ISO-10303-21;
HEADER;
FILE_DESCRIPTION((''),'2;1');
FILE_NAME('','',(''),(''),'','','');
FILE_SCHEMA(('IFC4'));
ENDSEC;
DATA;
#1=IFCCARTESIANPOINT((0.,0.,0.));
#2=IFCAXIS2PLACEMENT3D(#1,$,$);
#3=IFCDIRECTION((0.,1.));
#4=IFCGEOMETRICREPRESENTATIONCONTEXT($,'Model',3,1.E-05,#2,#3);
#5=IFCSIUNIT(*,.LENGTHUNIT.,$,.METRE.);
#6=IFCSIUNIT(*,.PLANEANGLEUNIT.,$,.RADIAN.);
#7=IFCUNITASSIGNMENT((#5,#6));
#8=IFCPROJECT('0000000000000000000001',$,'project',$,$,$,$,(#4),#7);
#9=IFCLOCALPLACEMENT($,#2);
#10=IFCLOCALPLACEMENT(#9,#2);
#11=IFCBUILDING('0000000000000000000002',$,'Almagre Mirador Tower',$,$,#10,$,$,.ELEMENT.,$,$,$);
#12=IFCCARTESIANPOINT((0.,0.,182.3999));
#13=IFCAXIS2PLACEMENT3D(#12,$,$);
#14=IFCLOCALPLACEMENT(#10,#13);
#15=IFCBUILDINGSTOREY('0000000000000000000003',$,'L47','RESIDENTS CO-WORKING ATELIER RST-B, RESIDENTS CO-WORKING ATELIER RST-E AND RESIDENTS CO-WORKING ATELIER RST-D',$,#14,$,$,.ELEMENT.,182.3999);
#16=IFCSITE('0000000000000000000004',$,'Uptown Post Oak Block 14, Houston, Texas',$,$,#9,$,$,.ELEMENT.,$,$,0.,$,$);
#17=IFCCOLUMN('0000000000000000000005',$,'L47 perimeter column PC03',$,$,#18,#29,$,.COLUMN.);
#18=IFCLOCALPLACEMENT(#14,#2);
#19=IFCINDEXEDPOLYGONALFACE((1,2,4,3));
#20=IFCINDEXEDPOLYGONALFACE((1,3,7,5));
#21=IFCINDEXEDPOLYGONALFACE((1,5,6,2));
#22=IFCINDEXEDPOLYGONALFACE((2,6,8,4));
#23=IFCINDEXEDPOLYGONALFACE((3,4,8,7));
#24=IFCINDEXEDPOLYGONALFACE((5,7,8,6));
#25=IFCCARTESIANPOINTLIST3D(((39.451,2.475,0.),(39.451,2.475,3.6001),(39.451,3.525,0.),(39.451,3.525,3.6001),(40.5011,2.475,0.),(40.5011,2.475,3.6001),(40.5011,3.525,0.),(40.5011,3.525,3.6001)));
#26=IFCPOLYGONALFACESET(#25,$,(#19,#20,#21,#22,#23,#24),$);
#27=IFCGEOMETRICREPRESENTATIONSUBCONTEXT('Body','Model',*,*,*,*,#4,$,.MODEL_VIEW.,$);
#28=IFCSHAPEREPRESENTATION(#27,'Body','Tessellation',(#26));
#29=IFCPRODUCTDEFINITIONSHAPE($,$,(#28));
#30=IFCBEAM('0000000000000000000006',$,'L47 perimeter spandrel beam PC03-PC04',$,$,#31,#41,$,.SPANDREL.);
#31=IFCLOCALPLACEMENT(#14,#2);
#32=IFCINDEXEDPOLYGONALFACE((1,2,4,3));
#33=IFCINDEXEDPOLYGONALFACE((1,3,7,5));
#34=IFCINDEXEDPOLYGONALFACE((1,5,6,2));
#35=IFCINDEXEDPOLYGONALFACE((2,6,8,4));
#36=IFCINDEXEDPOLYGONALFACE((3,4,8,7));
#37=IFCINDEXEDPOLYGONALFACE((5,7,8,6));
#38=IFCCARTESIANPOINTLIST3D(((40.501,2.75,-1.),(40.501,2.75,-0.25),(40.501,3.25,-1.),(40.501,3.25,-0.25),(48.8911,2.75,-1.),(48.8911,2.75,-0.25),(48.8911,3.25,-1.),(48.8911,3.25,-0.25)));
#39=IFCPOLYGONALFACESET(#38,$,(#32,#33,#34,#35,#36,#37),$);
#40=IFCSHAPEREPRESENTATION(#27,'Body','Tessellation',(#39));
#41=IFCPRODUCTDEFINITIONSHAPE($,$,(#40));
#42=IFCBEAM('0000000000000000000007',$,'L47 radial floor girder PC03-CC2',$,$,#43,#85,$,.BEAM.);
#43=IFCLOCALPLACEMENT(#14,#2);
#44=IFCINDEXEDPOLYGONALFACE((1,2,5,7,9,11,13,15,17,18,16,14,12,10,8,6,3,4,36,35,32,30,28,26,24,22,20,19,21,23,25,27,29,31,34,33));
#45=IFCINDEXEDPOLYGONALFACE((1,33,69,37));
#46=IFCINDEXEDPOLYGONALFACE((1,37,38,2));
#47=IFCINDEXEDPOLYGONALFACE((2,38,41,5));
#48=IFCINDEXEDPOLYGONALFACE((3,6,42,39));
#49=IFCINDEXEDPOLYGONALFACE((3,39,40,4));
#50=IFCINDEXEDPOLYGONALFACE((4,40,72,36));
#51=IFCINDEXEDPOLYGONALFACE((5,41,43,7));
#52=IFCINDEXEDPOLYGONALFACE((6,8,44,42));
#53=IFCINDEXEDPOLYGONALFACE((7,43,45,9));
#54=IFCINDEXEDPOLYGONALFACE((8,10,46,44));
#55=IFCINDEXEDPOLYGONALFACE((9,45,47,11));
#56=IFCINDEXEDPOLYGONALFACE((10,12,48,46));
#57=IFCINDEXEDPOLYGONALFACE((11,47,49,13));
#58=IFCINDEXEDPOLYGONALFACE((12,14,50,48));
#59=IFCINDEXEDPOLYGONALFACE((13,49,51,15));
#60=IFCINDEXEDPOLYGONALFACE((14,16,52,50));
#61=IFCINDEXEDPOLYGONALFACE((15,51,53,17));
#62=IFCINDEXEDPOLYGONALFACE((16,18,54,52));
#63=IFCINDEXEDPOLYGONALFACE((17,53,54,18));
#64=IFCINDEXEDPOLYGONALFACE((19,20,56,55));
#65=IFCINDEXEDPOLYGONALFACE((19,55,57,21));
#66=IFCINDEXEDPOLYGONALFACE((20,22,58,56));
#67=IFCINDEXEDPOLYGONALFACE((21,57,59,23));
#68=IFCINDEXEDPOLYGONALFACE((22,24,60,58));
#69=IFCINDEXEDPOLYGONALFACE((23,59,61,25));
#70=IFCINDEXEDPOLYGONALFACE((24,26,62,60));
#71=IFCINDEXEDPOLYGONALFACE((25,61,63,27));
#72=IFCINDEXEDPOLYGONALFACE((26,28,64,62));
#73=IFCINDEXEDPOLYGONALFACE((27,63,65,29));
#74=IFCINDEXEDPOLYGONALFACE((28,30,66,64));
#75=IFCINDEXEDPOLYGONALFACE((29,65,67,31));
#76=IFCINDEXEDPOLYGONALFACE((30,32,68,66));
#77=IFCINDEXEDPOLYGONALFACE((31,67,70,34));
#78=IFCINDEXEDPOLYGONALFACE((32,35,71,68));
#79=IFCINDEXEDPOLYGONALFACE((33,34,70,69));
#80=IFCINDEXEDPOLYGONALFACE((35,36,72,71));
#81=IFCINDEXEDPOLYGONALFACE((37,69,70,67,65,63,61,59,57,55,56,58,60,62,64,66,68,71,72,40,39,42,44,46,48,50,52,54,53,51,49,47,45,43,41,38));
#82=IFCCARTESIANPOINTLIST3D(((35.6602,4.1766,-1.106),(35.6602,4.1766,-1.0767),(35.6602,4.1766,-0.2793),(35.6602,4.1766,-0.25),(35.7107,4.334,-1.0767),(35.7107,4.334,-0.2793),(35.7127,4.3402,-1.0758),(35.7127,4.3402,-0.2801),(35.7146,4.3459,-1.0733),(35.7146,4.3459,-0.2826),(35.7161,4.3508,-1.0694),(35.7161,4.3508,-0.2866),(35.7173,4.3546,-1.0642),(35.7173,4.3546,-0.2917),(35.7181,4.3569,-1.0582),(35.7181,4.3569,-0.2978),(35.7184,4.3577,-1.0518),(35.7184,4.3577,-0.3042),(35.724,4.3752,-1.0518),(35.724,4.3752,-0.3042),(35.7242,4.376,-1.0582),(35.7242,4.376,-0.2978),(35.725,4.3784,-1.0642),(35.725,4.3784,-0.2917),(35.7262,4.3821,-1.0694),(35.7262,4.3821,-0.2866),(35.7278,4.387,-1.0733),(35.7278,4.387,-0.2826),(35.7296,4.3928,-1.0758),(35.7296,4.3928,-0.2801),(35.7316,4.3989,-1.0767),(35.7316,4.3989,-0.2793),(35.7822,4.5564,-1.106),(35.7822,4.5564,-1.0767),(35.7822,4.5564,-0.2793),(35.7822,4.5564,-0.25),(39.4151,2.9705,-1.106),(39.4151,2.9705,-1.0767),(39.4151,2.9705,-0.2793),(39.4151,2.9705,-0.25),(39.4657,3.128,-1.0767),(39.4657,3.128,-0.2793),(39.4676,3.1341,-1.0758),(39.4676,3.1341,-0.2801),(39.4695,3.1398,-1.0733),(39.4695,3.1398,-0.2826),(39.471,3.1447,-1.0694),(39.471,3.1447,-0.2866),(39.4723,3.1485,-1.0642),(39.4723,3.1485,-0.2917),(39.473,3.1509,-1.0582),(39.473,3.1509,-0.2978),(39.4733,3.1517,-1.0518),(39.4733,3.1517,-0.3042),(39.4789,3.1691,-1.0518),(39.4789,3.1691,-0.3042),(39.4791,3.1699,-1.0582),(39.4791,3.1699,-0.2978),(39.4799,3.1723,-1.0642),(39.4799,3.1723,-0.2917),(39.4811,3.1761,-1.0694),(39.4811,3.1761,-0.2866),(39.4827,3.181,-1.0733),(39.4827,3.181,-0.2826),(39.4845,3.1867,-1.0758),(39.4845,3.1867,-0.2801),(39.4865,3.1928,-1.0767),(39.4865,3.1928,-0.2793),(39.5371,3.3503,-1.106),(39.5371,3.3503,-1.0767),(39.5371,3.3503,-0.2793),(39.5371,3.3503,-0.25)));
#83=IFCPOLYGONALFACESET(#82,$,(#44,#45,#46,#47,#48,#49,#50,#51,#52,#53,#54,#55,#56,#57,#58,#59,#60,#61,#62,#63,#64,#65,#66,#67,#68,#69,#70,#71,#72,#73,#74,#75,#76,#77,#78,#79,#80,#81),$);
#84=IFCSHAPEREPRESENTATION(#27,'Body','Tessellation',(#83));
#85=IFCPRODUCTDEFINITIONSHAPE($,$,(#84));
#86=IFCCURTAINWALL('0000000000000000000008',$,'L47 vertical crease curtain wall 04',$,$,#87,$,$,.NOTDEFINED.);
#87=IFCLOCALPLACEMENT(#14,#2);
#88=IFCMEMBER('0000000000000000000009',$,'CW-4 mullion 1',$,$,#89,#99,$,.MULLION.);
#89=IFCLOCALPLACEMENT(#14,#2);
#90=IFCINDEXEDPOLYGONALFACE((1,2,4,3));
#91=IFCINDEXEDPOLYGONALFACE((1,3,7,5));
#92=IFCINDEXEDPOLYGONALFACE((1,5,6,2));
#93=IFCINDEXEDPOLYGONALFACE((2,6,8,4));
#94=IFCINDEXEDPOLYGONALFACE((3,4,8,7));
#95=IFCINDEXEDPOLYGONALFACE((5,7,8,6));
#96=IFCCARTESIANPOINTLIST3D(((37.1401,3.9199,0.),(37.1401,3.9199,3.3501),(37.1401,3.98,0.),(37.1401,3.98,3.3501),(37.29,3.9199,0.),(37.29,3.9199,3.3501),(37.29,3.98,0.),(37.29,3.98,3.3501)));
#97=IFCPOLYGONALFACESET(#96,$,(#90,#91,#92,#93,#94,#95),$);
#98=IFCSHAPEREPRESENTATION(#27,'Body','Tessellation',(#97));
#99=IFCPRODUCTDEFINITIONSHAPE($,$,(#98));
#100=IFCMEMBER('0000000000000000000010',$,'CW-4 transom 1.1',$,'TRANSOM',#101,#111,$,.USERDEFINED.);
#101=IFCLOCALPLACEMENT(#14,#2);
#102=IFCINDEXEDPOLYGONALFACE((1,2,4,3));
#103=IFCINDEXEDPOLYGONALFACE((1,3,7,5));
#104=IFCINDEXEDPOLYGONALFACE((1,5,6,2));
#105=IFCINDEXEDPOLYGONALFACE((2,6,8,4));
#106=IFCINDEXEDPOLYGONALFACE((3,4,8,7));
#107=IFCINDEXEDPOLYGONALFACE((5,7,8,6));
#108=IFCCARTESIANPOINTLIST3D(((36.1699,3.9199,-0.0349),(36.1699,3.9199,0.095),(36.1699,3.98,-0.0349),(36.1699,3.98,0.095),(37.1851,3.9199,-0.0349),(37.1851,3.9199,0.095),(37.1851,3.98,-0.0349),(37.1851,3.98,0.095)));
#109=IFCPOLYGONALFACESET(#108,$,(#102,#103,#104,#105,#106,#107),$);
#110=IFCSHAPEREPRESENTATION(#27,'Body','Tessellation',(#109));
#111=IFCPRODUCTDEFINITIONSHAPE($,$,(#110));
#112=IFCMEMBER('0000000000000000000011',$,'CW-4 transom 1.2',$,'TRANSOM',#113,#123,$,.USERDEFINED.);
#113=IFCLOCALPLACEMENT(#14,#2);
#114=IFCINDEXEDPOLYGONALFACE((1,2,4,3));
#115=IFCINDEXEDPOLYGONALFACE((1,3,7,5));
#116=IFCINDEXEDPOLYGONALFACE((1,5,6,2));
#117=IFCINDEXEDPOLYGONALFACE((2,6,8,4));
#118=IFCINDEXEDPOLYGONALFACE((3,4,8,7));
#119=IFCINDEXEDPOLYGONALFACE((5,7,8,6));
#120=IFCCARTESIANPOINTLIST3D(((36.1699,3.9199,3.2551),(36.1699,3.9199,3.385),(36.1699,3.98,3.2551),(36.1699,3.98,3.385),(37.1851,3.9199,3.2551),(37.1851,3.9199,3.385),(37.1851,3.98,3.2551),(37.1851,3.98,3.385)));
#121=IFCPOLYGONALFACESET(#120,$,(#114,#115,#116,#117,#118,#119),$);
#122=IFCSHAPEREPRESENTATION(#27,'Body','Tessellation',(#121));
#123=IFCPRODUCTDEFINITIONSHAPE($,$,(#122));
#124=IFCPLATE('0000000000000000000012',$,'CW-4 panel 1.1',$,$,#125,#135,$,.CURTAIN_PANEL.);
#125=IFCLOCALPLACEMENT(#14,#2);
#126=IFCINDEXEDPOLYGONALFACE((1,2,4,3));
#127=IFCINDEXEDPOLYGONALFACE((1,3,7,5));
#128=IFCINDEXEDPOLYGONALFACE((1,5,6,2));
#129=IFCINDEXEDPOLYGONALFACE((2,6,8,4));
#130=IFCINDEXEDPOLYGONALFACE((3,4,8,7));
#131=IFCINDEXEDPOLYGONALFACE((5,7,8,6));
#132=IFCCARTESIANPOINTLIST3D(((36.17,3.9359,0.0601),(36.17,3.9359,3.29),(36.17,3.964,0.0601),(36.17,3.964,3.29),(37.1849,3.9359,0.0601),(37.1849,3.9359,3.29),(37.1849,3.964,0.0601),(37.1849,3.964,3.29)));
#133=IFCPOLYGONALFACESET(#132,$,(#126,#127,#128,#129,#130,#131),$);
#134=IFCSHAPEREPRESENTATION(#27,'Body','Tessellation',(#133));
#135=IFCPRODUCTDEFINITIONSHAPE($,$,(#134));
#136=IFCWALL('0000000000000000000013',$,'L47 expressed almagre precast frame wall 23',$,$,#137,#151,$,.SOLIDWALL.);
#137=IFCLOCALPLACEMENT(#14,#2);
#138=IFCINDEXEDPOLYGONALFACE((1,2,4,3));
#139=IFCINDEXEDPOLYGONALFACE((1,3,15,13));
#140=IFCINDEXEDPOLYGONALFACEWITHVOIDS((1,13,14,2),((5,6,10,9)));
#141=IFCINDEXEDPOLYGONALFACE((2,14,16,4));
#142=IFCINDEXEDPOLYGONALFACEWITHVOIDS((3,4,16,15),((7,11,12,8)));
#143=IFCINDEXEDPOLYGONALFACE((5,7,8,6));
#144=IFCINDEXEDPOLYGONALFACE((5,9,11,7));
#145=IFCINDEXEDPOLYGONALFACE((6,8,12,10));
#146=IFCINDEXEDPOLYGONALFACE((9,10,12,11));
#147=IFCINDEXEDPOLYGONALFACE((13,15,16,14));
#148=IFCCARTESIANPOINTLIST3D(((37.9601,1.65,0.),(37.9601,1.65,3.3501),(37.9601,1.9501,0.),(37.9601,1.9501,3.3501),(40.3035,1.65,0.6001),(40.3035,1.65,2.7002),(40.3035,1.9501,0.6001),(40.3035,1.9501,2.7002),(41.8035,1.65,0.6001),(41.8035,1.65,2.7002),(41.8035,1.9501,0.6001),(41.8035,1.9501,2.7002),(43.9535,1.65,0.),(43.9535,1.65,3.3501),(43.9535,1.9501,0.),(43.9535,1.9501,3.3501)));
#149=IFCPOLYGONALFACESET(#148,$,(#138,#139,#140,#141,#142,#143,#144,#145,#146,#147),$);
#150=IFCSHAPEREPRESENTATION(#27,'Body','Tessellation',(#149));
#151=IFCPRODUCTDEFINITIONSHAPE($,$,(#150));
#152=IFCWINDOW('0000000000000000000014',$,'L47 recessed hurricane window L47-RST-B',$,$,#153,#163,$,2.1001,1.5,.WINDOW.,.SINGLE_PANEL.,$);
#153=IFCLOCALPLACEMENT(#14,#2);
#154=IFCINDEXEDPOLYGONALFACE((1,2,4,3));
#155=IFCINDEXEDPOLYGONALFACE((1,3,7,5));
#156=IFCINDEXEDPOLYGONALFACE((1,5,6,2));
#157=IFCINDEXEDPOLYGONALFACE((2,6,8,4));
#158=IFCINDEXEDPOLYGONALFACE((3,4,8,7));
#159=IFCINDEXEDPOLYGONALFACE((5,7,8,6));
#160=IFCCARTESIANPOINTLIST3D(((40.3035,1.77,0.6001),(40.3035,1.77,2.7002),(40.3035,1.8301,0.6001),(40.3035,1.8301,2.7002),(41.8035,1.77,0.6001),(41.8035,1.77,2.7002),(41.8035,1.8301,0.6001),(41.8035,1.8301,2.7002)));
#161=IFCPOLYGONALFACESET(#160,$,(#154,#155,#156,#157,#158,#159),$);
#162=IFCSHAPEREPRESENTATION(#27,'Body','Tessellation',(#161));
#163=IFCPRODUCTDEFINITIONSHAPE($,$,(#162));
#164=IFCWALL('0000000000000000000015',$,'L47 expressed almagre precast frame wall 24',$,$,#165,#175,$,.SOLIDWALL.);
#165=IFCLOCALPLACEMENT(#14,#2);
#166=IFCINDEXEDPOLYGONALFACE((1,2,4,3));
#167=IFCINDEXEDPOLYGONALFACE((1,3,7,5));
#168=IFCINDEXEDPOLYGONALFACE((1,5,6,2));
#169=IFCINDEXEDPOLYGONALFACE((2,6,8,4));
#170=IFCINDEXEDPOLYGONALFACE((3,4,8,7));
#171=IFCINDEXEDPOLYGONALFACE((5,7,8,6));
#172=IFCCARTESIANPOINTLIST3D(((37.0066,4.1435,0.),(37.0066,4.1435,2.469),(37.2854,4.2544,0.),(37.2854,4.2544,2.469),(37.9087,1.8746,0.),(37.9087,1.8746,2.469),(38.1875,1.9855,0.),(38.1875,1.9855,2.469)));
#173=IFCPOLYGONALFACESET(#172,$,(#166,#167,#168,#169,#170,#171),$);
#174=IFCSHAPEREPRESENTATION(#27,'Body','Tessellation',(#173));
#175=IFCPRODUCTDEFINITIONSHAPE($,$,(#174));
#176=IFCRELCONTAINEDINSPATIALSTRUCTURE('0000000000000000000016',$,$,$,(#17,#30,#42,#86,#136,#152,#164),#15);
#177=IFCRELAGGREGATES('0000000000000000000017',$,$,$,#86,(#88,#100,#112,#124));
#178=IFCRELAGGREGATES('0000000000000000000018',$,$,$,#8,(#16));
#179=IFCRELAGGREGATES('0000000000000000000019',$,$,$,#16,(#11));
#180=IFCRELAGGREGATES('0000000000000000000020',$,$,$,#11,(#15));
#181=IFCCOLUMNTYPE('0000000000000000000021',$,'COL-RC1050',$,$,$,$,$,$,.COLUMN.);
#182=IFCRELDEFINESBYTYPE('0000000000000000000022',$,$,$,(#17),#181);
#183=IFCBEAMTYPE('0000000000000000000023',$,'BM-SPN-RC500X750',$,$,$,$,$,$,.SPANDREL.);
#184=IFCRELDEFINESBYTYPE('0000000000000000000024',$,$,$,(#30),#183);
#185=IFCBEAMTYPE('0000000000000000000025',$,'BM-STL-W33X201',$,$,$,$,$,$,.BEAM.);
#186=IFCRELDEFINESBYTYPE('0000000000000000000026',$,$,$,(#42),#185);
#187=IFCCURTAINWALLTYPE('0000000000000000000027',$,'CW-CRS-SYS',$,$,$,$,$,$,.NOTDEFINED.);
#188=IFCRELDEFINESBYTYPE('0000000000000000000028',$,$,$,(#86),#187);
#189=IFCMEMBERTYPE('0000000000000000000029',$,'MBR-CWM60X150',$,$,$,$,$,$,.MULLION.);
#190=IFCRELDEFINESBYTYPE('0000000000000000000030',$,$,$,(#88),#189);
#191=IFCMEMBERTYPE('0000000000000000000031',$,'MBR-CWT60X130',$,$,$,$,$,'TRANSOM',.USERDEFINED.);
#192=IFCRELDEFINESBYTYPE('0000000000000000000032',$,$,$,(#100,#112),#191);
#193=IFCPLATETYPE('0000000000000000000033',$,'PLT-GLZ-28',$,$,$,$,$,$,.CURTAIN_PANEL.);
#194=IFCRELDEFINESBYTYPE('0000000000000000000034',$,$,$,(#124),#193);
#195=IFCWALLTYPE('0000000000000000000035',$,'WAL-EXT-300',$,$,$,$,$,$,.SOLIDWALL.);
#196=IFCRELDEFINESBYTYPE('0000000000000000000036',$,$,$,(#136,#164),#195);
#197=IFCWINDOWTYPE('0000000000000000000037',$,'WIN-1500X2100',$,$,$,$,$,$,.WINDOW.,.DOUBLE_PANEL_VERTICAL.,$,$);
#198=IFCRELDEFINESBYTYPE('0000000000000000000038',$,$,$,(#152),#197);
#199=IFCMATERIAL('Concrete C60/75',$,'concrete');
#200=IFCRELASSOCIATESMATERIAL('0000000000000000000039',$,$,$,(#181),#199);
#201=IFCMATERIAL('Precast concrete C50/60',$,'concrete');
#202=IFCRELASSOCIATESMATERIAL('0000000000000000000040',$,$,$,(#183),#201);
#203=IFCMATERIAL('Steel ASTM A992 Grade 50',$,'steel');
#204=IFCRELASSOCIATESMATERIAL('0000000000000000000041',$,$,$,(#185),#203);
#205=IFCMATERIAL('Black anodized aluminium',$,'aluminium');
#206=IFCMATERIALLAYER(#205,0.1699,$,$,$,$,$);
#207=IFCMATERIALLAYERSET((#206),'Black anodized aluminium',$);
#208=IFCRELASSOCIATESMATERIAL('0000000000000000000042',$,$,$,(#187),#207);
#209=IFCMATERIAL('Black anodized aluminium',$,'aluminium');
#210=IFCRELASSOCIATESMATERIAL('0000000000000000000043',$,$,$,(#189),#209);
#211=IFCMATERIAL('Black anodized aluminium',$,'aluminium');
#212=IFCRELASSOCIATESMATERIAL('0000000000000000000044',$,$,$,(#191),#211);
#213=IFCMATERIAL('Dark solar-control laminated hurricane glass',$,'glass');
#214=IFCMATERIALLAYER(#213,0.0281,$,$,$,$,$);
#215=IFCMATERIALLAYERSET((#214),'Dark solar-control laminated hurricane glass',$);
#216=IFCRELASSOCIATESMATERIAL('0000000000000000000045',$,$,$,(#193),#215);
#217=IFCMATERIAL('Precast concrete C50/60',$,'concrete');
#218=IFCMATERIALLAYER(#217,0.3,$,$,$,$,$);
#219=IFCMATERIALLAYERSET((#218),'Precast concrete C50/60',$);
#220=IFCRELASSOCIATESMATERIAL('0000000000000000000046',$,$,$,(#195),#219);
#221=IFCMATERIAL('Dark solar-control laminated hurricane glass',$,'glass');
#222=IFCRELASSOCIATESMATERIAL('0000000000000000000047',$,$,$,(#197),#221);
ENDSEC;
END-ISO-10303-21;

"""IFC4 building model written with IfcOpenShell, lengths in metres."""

from ifc_helpers import new_model, si_unit, direction, frame, frame_2d, origin, origin_2d, place, context, subcontext, project, spatial, rectangle, i_section, extrude, material, layer, layer_set, material_profile, profile_set, type_object, element, fill, aggregate, save


model = new_model("IFC4")

# Units and contexts
model_context = context("Model", 3, precision=1e-05, world=origin(), true_north=direction((0.0, 1.0)))
body_context = subcontext(model_context, "Body", "Model", "MODEL_VIEW")
ifc_project = project(units=[si_unit("LENGTHUNIT", "METRE"), si_unit("PLANEANGLEUNIT", "RADIAN")], contexts=[model_context])

# Site, building, storey
site_placement = place(None, origin())
site = spatial("IfcSite", under=ifc_project, at=site_placement, Name="Uptown Post Oak Block 14, Houston, Texas", CompositionType="ELEMENT", RefElevation=0.0)
building_placement = place(site_placement, origin())
building = spatial("IfcBuilding", under=site, at=building_placement, Name="Almagre Mirador Tower", CompositionType="ELEMENT")
storey_placement = place(building_placement, frame((0.0, 0.0, 182.3999)))
storey = spatial("IfcBuildingStorey", under=building, at=storey_placement, Name="L47", Description="RESIDENTS CO-WORKING ATELIER RST-B, RESIDENTS CO-WORKING ATELIER RST-E AND RESIDENTS CO-WORKING ATELIER RST-D", CompositionType="ELEMENT", Elevation=182.3999)

# Column
ifc_material_1 = material(Name="Concrete C60/75", Category="concrete")
ifc_material_profile_1 = material_profile(ifc_material_1, rectangle(XDim=1.05, YDim=1.05, at=origin_2d()), Name="RC1050X1050")
ifc_profile_set_1 = profile_set([ifc_material_profile_1], Name="Concrete C60/75")
column_type = type_object("IfcColumnType", Name="COL-RC1050", PredefinedType="COLUMN", material=ifc_profile_set_1)
column_placement = place(storey_placement, frame((39.9761, 3.0, 0.0), z_axis=(0.0, 0.0, 1.0), x_axis=(1.0, 0.0, 0.0)))
element("IfcColumn", 1, at=column_placement, inside=storey, type_object=column_type, Name="L47 perimeter column PC03", PredefinedType="COLUMN", context=body_context, shape_type="SweptSolid", body=[
    extrude(rectangle(XDim=1.05, YDim=1.05, at=origin_2d()), origin(), (0.0, 0.0, 1.0), 3.6001),
])

# Beams
ifc_material_2 = material(Name="Precast concrete C50/60", Category="concrete")
ifc_material_profile_2 = material_profile(ifc_material_2, rectangle(XDim=0.5, YDim=0.75, at=origin_2d()), Name="RC500X750")
ifc_profile_set_2 = profile_set([ifc_material_profile_2], Name="Precast concrete C50/60")
beam_type_1 = type_object("IfcBeamType", Name="BM-SPN-RC500X750", PredefinedType="SPANDREL", material=ifc_profile_set_2)
beam_1_placement = place(storey_placement, frame((40.501, 3.0, -0.625), z_axis=(1.0, 0.0, 0.0), x_axis=(0.0, 1.0, 0.0)))
element("IfcBeam", 2, at=beam_1_placement, inside=storey, type_object=beam_type_1, Name="L47 perimeter spandrel beam PC03-PC04", PredefinedType="SPANDREL", context=body_context, shape_type="SweptSolid", body=[
    extrude(rectangle(XDim=0.5, YDim=0.75, at=origin_2d()), origin(), (0.0, 0.0, 1.0), 8.3901),
])
ifc_material_3 = material(Name="Steel ASTM A992 Grade 50", Category="steel")
ifc_material_profile_3 = material_profile(ifc_material_3, i_section(OverallWidth=0.3989, OverallDepth=0.856, WebThickness=0.0183, FlangeThickness=0.0293, FilletRadius=0.0249, at=origin_2d()), Name="W33X201")
ifc_profile_set_3 = profile_set([ifc_material_profile_3], Name="Steel ASTM A992 Grade 50")
beam_type_2 = type_object("IfcBeamType", Name="BM-STL-W33X201", PredefinedType="BEAM", material=ifc_profile_set_3)
beam_2_placement = place(storey_placement, frame((39.4761, 3.1604, -0.678), z_axis=(-0.952093, 0.305809, 0.0), x_axis=(-0.305809, -0.952093, 0.0)))
element("IfcBeam", 3, at=beam_2_placement, inside=storey, type_object=beam_type_2, Name="L47 radial floor girder PC03-CC2", PredefinedType="BEAM", context=body_context, shape_type="SweptSolid", body=[
    extrude(i_section(OverallWidth=0.3989, OverallDepth=0.856, WebThickness=0.0183, FlangeThickness=0.0293, FilletRadius=0.0249, at=origin_2d()), origin(), (0.0, 0.0, 1.0), 3.9438),
])

# Curtain wall, members, plate
ifc_material_4 = material(Name="Black anodized aluminium", Category="aluminium")
ifc_layer_1 = layer(ifc_material_4, 0.1699)
ifc_layer_set_1 = layer_set([ifc_layer_1], Name="Black anodized aluminium")
curtain_wall_type = type_object("IfcCurtainWallType", Name="CW-CRS-SYS", PredefinedType="NOTDEFINED", material=ifc_layer_set_1)
curtain_wall_placement = place(storey_placement, origin())
curtain_wall = element("IfcCurtainWall", 4, at=curtain_wall_placement, inside=storey, type_object=curtain_wall_type, Name="L47 vertical crease curtain wall 04", PredefinedType="NOTDEFINED")
ifc_material_5 = material(Name="Black anodized aluminium", Category="aluminium")
ifc_material_profile_4 = material_profile(ifc_material_5, rectangle(XDim=0.0601, YDim=0.1499, at=origin_2d()), Name="CWM60X150")
ifc_profile_set_4 = profile_set([ifc_material_profile_4], Name="Black anodized aluminium")
member_type_1 = type_object("IfcMemberType", Name="MBR-CWM60X150", PredefinedType="MULLION", material=ifc_profile_set_4)
member_1_placement = place(storey_placement, frame((37.2151, 3.95, 0.0), z_axis=(0.0, 0.0, 1.0), x_axis=(0.0, -1.0, 0.0)))
member_1 = element("IfcMember", 5, at=member_1_placement, type_object=member_type_1, Name="CW-4 mullion 1", PredefinedType="MULLION", context=body_context, shape_type="SweptSolid", body=[
    extrude(rectangle(XDim=0.0601, YDim=0.1499, at=origin_2d()), origin(), (0.0, 0.0, 1.0), 3.3501),
])
ifc_material_6 = material(Name="Black anodized aluminium", Category="aluminium")
ifc_material_profile_5 = material_profile(ifc_material_6, rectangle(XDim=0.0601, YDim=0.1299, at=origin_2d()), Name="CWT60X130")
ifc_profile_set_5 = profile_set([ifc_material_profile_5], Name="Black anodized aluminium")
member_type_2 = type_object("IfcMemberType", Name="MBR-CWT60X130", ElementType="TRANSOM", PredefinedType="USERDEFINED", material=ifc_profile_set_5)
member_2_placement = place(storey_placement, frame((37.1851, 3.95, 0.03), z_axis=(-1.0, 0.0, 0.0), x_axis=(0.0, -1.0, 0.0)))
member_2 = element("IfcMember", 6, at=member_2_placement, type_object=member_type_2, Name="CW-4 transom 1.1", ObjectType="TRANSOM", PredefinedType="USERDEFINED", context=body_context, shape_type="SweptSolid", body=[
    extrude(rectangle(XDim=0.0601, YDim=0.1299, at=origin_2d()), origin(), (0.0, 0.0, 1.0), 1.0151),
])
member_3_placement = place(storey_placement, frame((37.1851, 3.95, 3.3201), z_axis=(-1.0, 0.0, 0.0), x_axis=(0.0, -1.0, 0.0)))
member_3 = element("IfcMember", 7, at=member_3_placement, type_object=member_type_2, Name="CW-4 transom 1.2", ObjectType="TRANSOM", PredefinedType="USERDEFINED", context=body_context, shape_type="SweptSolid", body=[
    extrude(rectangle(XDim=0.0601, YDim=0.1299, at=origin_2d()), origin(), (0.0, 0.0, 1.0), 1.0151),
])
ifc_material_7 = material(Name="Dark solar-control laminated hurricane glass", Category="glass")
ifc_layer_2 = layer(ifc_material_7, 0.0281)
ifc_layer_set_2 = layer_set([ifc_layer_2], Name="Dark solar-control laminated hurricane glass")
plate_type = type_object("IfcPlateType", Name="PLT-GLZ-28", PredefinedType="CURTAIN_PANEL", material=ifc_layer_set_2)
plate_placement = place(storey_placement, frame((36.6775, 3.95, 0.0601), z_axis=(0.0, 0.0, 1.0), x_axis=(-1.0, 0.0, 0.0)))
plate = element("IfcPlate", 8, at=plate_placement, type_object=plate_type, Name="CW-4 panel 1.1", PredefinedType="CURTAIN_PANEL", context=body_context, shape_type="SweptSolid", body=[
    extrude(rectangle(XDim=1.0149, YDim=0.0281, at=origin_2d()), origin(), (0.0, 0.0, 1.0), 3.23),
])
aggregate(curtain_wall, [member_1, member_2, member_3, plate])

# Wall, opening, window
ifc_material_8 = material(Name="Precast concrete C50/60", Category="concrete")
ifc_layer_3 = layer(ifc_material_8, 0.3)
ifc_layer_set_3 = layer_set([ifc_layer_3], Name="Precast concrete C50/60")
wall_type_1 = type_object("IfcWallType", Name="WAL-EXT-300", PredefinedType="SOLIDWALL", material=ifc_layer_set_3)
wall_1_placement = place(storey_placement, frame((43.9534, 1.8, 0.0), z_axis=(0.0, 0.0, 1.0), x_axis=(-1.0, 0.0, 0.0)))
wall_1 = element("IfcWall", 9, at=wall_1_placement, inside=storey, type_object=wall_type_1, Name="L47 expressed almagre precast frame wall 23", PredefinedType="SOLIDWALL", context=body_context, shape_type="SweptSolid", body=[
    extrude(rectangle(XDim=5.9934, YDim=0.3, at=frame_2d((2.9966, 0.0))), origin(), (0.0, 0.0, 1.0), 3.3501),
])
opening_1_placement = place(wall_1_placement, frame((2.1499, 0.0, 0.6001)))
opening_1 = element("IfcOpeningElement", 10, at=opening_1_placement, cuts=wall_1, PredefinedType="OPENING", context=body_context, shape_type="SweptSolid", body=[
    extrude(rectangle(XDim=1.5, YDim=2.1001, at=frame_2d((0.75, 1.05))), frame((0.0, 0.1599, 0.0), z_axis=(0.0, -1.0, 0.0), x_axis=(1.0, 0.0, 0.0)), (0.0, 0.0, 1.0), 0.32),
])
ifc_material_9 = material(Name="Dark solar-control laminated hurricane glass", Category="glass")
window_type = type_object("IfcWindowType", Name="WIN-1500X2100", PartitioningType="DOUBLE_PANEL_VERTICAL", PredefinedType="WINDOW", material=ifc_material_9)
window_placement = place(opening_1_placement, origin())
window = element("IfcWindow", 11, at=window_placement, inside=storey, type_object=window_type, Name="L47 recessed hurricane window L47-RST-B", OverallHeight=2.1001, OverallWidth=1.5, PartitioningType="SINGLE_PANEL", PredefinedType="WINDOW", context=body_context, shape_type="SweptSolid", body=[
    extrude(rectangle(XDim=1.5, YDim=2.1001, at=frame_2d((0.75, 1.05))), frame((0.0, 0.03, 0.0), z_axis=(0.0, -1.0, 0.0), x_axis=(1.0, 0.0, 0.0)), (0.0, 0.0, 1.0), 0.0601),
])
fill(opening_1, window)

# Wall
wall_2_placement = place(storey_placement, frame((38.0481, 1.9302, 0.0), z_axis=(0.0, 0.0, 1.0), x_axis=(-0.369476, 0.92924, 0.0)))
element("IfcWall", 12, at=wall_2_placement, inside=storey, type_object=wall_type_1, Name="L47 expressed almagre precast frame wall 24", PredefinedType="SOLIDWALL", context=body_context, shape_type="SweptSolid", body=[
    extrude(rectangle(XDim=2.4417, YDim=0.3, at=frame_2d((1.2207, 0.0))), origin(), (0.0, 0.0, 1.0), 2.469),
])

save(model, "model.ifc")
